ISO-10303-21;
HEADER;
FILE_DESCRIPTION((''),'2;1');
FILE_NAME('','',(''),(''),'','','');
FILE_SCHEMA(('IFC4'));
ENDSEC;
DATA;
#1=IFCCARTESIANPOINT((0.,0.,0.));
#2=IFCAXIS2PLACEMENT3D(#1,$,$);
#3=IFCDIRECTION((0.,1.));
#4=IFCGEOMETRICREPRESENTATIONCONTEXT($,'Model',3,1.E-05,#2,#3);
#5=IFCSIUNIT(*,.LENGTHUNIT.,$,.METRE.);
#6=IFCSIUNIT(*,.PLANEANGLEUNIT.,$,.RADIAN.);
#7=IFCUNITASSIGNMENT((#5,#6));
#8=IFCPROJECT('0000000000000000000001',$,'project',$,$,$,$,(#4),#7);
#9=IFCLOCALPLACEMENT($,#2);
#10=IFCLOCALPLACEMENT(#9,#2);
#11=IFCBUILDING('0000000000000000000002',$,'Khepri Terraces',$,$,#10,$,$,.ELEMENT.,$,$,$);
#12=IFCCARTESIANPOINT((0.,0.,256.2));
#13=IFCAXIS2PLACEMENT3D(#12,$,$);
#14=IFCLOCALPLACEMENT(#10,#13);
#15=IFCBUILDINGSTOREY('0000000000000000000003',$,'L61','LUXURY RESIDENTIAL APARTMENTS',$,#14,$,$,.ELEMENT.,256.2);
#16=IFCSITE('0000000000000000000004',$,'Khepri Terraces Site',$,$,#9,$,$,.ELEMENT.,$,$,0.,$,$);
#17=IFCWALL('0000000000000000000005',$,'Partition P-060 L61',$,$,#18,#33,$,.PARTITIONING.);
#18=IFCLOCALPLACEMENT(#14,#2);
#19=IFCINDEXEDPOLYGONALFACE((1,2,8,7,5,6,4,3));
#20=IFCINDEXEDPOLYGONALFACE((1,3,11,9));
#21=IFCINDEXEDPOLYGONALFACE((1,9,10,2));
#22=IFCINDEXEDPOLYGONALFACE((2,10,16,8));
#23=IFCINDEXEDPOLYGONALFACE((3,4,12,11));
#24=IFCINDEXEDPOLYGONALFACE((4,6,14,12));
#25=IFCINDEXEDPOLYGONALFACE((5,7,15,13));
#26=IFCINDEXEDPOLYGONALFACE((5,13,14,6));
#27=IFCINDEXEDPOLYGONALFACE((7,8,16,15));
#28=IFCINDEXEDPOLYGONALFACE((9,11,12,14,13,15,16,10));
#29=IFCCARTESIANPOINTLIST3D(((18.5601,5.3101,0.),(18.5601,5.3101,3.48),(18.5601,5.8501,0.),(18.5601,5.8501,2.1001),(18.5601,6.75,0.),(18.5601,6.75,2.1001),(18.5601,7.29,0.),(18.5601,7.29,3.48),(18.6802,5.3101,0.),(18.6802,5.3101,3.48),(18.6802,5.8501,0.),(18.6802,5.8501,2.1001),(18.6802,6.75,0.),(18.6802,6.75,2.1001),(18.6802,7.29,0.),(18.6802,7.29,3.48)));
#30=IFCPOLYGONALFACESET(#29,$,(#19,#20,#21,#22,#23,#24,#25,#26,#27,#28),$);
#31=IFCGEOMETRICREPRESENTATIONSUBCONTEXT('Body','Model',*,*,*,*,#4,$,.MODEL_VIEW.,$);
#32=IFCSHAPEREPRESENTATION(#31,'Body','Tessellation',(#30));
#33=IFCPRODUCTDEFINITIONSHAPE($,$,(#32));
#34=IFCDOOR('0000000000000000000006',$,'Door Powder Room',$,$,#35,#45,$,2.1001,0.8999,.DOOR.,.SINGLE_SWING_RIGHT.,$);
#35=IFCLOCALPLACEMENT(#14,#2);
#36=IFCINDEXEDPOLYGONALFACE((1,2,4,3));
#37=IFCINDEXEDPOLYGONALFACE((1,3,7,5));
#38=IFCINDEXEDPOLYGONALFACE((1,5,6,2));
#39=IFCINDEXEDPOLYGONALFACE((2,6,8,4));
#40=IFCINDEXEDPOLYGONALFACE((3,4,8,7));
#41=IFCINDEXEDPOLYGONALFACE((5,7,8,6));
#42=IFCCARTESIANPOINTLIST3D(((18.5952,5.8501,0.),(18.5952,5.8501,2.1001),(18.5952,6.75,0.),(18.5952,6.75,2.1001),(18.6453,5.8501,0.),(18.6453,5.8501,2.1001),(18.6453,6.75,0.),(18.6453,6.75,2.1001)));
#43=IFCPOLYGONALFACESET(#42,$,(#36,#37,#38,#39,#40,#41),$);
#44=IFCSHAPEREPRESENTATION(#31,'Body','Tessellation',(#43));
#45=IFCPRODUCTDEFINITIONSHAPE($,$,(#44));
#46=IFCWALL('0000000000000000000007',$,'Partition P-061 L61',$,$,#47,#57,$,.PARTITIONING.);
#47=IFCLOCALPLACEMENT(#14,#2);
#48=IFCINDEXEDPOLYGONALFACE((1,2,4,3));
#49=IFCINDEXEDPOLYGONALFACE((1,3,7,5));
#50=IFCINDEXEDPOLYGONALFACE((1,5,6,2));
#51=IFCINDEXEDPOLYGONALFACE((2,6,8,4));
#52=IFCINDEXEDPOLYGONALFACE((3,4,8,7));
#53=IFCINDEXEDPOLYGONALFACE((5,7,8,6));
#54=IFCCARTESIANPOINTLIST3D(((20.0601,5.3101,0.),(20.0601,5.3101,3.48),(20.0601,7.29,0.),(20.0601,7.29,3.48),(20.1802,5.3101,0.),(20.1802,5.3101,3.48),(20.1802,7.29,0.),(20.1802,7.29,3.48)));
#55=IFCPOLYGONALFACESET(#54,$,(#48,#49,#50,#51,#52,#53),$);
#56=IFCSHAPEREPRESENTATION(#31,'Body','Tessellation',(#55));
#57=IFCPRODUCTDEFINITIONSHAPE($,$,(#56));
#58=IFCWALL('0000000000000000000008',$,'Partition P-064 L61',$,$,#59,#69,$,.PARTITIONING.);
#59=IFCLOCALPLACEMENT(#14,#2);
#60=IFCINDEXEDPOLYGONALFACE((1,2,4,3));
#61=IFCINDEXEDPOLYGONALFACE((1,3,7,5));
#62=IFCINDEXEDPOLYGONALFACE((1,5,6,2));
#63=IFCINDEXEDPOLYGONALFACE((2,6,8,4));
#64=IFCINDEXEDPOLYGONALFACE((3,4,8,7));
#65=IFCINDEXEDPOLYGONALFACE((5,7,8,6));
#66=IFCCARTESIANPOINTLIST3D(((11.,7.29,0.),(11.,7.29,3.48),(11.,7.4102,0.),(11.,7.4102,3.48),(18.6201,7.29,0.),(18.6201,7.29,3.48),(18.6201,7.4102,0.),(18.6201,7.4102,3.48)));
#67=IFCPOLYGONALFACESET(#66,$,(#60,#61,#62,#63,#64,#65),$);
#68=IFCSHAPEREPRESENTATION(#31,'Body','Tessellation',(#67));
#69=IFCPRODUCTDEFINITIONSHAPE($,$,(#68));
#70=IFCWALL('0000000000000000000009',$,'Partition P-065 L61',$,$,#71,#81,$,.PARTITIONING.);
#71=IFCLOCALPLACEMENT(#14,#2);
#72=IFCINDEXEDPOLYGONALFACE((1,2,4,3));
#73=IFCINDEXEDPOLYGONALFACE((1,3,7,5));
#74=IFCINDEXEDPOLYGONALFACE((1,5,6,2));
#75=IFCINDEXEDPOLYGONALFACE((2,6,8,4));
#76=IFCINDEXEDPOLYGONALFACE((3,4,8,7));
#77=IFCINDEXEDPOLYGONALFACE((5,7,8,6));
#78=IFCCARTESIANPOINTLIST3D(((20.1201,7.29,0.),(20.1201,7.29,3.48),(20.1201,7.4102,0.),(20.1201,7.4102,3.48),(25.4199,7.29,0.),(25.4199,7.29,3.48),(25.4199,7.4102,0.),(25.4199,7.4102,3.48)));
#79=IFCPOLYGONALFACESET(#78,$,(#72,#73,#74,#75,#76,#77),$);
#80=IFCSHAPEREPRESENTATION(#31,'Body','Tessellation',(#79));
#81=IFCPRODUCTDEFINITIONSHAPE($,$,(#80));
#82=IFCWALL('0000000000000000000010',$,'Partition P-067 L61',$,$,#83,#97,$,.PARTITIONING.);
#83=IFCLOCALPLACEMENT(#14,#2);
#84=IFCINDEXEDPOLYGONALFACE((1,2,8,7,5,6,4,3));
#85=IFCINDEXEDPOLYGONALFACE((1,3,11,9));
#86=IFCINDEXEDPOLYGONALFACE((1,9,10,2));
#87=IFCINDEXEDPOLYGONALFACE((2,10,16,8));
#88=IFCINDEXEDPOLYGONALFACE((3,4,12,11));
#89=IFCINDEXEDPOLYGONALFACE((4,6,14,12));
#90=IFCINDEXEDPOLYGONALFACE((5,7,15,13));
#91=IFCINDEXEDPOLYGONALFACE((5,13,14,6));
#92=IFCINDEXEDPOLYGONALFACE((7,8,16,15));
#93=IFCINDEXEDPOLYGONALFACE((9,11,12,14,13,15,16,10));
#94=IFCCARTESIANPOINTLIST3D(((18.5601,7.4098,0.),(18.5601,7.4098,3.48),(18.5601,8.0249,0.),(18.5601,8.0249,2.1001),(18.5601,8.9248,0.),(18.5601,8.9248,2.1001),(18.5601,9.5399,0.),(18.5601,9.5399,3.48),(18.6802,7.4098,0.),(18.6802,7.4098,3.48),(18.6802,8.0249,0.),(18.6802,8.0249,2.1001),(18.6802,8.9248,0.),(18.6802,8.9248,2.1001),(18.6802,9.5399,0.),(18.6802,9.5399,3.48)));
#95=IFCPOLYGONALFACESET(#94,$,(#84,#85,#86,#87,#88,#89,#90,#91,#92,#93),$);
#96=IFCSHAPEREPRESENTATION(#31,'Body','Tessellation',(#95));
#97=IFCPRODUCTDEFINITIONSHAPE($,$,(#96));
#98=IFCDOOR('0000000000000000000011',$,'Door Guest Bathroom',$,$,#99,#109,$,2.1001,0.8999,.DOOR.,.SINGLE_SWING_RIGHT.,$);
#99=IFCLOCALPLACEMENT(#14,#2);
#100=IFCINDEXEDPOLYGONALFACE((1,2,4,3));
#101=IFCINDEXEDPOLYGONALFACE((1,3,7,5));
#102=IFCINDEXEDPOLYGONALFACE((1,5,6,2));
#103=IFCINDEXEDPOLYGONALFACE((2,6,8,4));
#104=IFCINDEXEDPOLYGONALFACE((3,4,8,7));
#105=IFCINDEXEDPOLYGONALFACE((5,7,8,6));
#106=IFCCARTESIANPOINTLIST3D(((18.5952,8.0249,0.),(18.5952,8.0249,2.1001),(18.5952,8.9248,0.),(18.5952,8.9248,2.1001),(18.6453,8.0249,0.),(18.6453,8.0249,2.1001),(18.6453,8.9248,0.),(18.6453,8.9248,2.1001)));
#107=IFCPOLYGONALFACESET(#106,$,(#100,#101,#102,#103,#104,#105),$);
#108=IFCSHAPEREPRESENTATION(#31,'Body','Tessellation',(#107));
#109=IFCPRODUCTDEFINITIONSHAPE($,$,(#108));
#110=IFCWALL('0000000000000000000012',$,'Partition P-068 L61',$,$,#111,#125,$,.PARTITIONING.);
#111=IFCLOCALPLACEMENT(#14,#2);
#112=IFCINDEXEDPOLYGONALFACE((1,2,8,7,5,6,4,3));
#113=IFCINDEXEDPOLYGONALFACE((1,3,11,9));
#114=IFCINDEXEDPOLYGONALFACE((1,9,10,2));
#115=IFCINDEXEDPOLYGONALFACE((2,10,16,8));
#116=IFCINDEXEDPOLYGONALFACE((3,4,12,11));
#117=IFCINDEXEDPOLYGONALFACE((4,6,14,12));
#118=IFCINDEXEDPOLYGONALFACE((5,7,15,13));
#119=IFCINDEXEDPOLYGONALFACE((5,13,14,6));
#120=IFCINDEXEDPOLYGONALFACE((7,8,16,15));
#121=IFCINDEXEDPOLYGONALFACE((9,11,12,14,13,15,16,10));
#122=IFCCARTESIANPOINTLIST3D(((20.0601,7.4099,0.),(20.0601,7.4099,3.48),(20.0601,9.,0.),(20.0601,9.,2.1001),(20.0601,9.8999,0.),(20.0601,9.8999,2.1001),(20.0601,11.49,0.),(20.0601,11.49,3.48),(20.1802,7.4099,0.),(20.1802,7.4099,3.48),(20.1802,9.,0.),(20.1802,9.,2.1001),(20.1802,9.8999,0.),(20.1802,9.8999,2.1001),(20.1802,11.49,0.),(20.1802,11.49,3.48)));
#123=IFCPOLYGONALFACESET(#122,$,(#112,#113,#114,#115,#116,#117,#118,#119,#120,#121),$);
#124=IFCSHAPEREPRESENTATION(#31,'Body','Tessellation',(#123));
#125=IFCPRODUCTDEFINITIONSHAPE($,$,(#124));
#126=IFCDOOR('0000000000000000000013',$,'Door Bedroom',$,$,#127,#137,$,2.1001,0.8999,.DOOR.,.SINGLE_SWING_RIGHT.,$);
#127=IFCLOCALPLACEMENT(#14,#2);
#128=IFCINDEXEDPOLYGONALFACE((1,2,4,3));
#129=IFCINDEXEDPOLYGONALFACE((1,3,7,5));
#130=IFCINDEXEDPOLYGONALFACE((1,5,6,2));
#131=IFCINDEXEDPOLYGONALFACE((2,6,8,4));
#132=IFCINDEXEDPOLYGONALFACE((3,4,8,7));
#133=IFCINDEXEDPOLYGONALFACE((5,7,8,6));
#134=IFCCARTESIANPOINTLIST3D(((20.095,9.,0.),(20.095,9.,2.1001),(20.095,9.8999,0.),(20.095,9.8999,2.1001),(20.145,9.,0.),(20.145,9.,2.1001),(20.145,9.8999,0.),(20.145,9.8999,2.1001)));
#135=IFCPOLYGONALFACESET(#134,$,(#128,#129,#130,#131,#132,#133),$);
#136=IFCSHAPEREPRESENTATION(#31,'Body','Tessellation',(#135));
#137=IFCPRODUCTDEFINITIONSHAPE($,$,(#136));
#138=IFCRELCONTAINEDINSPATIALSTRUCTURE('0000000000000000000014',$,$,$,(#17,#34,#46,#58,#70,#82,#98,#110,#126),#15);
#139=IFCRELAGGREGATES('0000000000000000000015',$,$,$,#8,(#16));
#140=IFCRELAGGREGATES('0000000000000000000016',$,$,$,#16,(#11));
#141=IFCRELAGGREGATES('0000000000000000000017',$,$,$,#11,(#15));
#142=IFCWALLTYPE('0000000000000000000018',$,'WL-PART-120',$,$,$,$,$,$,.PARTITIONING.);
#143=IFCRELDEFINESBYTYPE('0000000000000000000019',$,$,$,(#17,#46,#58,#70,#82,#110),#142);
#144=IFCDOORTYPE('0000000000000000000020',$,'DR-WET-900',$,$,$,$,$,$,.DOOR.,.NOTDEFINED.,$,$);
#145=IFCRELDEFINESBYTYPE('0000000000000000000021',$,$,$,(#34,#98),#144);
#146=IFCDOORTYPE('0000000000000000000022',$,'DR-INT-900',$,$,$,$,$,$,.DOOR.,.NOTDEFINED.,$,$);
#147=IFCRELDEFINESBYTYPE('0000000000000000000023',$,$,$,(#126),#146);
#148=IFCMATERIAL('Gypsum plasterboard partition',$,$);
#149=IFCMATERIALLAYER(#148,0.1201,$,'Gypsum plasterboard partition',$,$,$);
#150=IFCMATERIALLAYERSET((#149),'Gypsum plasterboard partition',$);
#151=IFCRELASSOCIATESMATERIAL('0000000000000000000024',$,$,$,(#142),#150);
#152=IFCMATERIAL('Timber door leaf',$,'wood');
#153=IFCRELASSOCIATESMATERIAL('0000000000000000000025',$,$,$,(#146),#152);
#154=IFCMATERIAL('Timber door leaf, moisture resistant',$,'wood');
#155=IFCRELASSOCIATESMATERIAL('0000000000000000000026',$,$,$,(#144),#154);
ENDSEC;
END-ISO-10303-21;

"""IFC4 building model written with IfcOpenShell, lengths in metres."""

from ifc_helpers import new_model, si_unit, direction, frame, frame_2d, origin, place, context, subcontext, project, spatial, rectangle, extrude, material, layer, layer_set, type_object, element, fill, save


model = new_model("IFC4")

# Units and contexts
model_context = context("Model", 3, precision=1e-05, world=origin(), true_north=direction((0.0, 1.0)))
body_context = subcontext(model_context, "Body", "Model", "MODEL_VIEW")
ifc_project = project(units=[si_unit("LENGTHUNIT", "METRE"), si_unit("PLANEANGLEUNIT", "RADIAN")], contexts=[model_context])

# Site, building, storey
site_placement = place(None, origin())
site = spatial("IfcSite", under=ifc_project, at=site_placement, Name="Khepri Terraces Site", CompositionType="ELEMENT", RefElevation=0.0)
building_placement = place(site_placement, origin())
building = spatial("IfcBuilding", under=site, at=building_placement, Name="Khepri Terraces", CompositionType="ELEMENT")
storey_placement = place(building_placement, frame((0.0, 0.0, 256.2)))
storey = spatial("IfcBuildingStorey", under=building, at=storey_placement, Name="L61", Description="LUXURY RESIDENTIAL APARTMENTS", CompositionType="ELEMENT", Elevation=256.2)

# Shared definitions
ifc_material_1 = material(Name="Gypsum plasterboard partition")
ifc_layer_1 = layer(ifc_material_1, 0.1201, Name="Gypsum plasterboard partition")
ifc_layer_set_1 = layer_set([ifc_layer_1], Name="Gypsum plasterboard partition")
wall_type_1 = type_object("IfcWallType", Name="WL-PART-120", PredefinedType="PARTITIONING", material=ifc_layer_set_1)

# Shared definitions
ifc_material_2 = material(Name="Timber door leaf", Category="wood")
door_type_1 = type_object("IfcDoorType", Name="DR-INT-900", OperationType="NOTDEFINED", PredefinedType="DOOR", material=ifc_material_2)

# Wall, opening, door
ifc_material_3 = material(Name="Timber door leaf, moisture resistant", Category="wood")
door_type_2 = type_object("IfcDoorType", Name="DR-WET-900", OperationType="NOTDEFINED", PredefinedType="DOOR", material=ifc_material_3)
wall_1_placement = place(storey_placement, frame((18.6201, 5.3101, 0.0), z_axis=(0.0, 0.0, 1.0), x_axis=(0.0, 1.0, 0.0)))
wall_1 = element("IfcWall", 1, at=wall_1_placement, inside=storey, type_object=wall_type_1, Name="Partition P-060 L61", PredefinedType="PARTITIONING", context=body_context, shape_type="SweptSolid", body=[
    extrude(rectangle(XDim=1.98, YDim=0.1201, at=frame_2d((0.99, 0.0))), origin(), (0.0, 0.0, 1.0), 3.48),
])
opening_1_placement = place(wall_1_placement, frame((0.54, 0.0, 0.0)))
opening_1 = element("IfcOpeningElement", 2, at=opening_1_placement, cuts=wall_1, PredefinedType="OPENING", context=body_context, shape_type="SweptSolid", body=[
    extrude(rectangle(XDim=0.8999, YDim=2.1001, at=frame_2d((0.45, 1.05))), frame((0.0, 0.0701, 0.0), z_axis=(0.0, -1.0, 0.0), x_axis=(1.0, 0.0, 0.0)), (0.0, 0.0, 1.0), 0.1401),
])
door_1_placement = place(opening_1_placement, origin())
door_1 = element("IfcDoor", 3, at=door_1_placement, inside=storey, type_object=door_type_2, Name="Door Powder Room", OperationType="SINGLE_SWING_RIGHT", OverallHeight=2.1001, OverallWidth=0.8999, PredefinedType="DOOR", context=body_context, shape_type="SweptSolid", body=[
    extrude(rectangle(XDim=0.8999, YDim=2.1001, at=frame_2d((0.45, 1.05))), frame((0.0, 0.0249, 0.0), z_axis=(0.0, -1.0, 0.0), x_axis=(1.0, 0.0, 0.0)), (0.0, 0.0, 1.0), 0.05),
])
fill(opening_1, door_1)

# Walls
wall_2_placement = place(storey_placement, frame((20.1201, 5.3101, 0.0), z_axis=(0.0, 0.0, 1.0), x_axis=(0.0, 1.0, 0.0)))
element("IfcWall", 4, at=wall_2_placement, inside=storey, type_object=wall_type_1, Name="Partition P-061 L61", PredefinedType="PARTITIONING", context=body_context, shape_type="SweptSolid", body=[
    extrude(rectangle(XDim=1.98, YDim=0.1201, at=frame_2d((0.99, 0.0))), origin(), (0.0, 0.0, 1.0), 3.48),
])
wall_3_placement = place(storey_placement, frame((11.0, 7.3501, 0.0), z_axis=(0.0, 0.0, 1.0), x_axis=(1.0, 0.0, 0.0)))
element("IfcWall", 5, at=wall_3_placement, inside=storey, type_object=wall_type_1, Name="Partition P-064 L61", PredefinedType="PARTITIONING", context=body_context, shape_type="SweptSolid", body=[
    extrude(rectangle(XDim=7.6201, YDim=0.1201, at=frame_2d((3.8101, 0.0))), origin(), (0.0, 0.0, 1.0), 3.48),
])
wall_4_placement = place(storey_placement, frame((20.1201, 7.3501, 0.0), z_axis=(0.0, 0.0, 1.0), x_axis=(1.0, 0.0, 0.0)))
element("IfcWall", 6, at=wall_4_placement, inside=storey, type_object=wall_type_1, Name="Partition P-065 L61", PredefinedType="PARTITIONING", context=body_context, shape_type="SweptSolid", body=[
    extrude(rectangle(XDim=5.2998, YDim=0.1201, at=frame_2d((2.6499, 0.0))), origin(), (0.0, 0.0, 1.0), 3.48),
])

# Walls, openings, doors
wall_5_placement = place(storey_placement, frame((18.6201, 7.4099, 0.0), z_axis=(0.0, 0.0, 1.0), x_axis=(0.0, 1.0, 0.0)))
wall_5 = element("IfcWall", 7, at=wall_5_placement, inside=storey, type_object=wall_type_1, Name="Partition P-067 L61", PredefinedType="PARTITIONING", context=body_context, shape_type="SweptSolid", body=[
    extrude(rectangle(XDim=2.1301, YDim=0.1201, at=frame_2d((1.0649, 0.0))), origin(), (0.0, 0.0, 1.0), 3.48),
])
opening_2_placement = place(wall_5_placement, frame((0.615, 0.0, 0.0)))
opening_2 = element("IfcOpeningElement", 8, at=opening_2_placement, cuts=wall_5, PredefinedType="OPENING", context=body_context, shape_type="SweptSolid", body=[
    extrude(rectangle(XDim=0.8999, YDim=2.1001, at=frame_2d((0.45, 1.05))), frame((0.0, 0.0701, 0.0), z_axis=(0.0, -1.0, 0.0), x_axis=(1.0, 0.0, 0.0)), (0.0, 0.0, 1.0), 0.1401),
])
door_2_placement = place(opening_2_placement, origin())
door_2 = element("IfcDoor", 9, at=door_2_placement, inside=storey, type_object=door_type_2, Name="Door Guest Bathroom", OperationType="SINGLE_SWING_RIGHT", OverallHeight=2.1001, OverallWidth=0.8999, PredefinedType="DOOR", context=body_context, shape_type="SweptSolid", body=[
    extrude(rectangle(XDim=0.8999, YDim=2.1001, at=frame_2d((0.45, 1.05))), frame((0.0, 0.0249, 0.0), z_axis=(0.0, -1.0, 0.0), x_axis=(1.0, 0.0, 0.0)), (0.0, 0.0, 1.0), 0.05),
])
fill(opening_2, door_2)
wall_6_placement = place(storey_placement, frame((20.1201, 7.4099, 0.0), z_axis=(0.0, 0.0, 1.0), x_axis=(0.0, 1.0, 0.0)))
wall_6 = element("IfcWall", 10, at=wall_6_placement, inside=storey, type_object=wall_type_1, Name="Partition P-068 L61", PredefinedType="PARTITIONING", context=body_context, shape_type="SweptSolid", body=[
    extrude(rectangle(XDim=4.0801, YDim=0.1201, at=frame_2d((2.04, 0.0))), origin(), (0.0, 0.0, 1.0), 3.48),
])
opening_3_placement = place(wall_6_placement, frame((1.5901, 0.0, 0.0)))
opening_3 = element("IfcOpeningElement", 11, at=opening_3_placement, cuts=wall_6, PredefinedType="OPENING", context=body_context, shape_type="SweptSolid", body=[
    extrude(rectangle(XDim=0.8999, YDim=2.1001, at=frame_2d((0.45, 1.05))), frame((0.0, 0.0701, 0.0), z_axis=(0.0, -1.0, 0.0), x_axis=(1.0, 0.0, 0.0)), (0.0, 0.0, 1.0), 0.1401),
])
door_3_placement = place(opening_3_placement, frame((0.8999, 0.0, 0.0), z_axis=(0.0, 0.0, 1.0), x_axis=(-1.0, 0.0, 0.0)))
door_3 = element("IfcDoor", 12, at=door_3_placement, inside=storey, type_object=door_type_1, Name="Door Bedroom", OperationType="SINGLE_SWING_RIGHT", OverallHeight=2.1001, OverallWidth=0.8999, PredefinedType="DOOR", context=body_context, shape_type="SweptSolid", body=[
    extrude(rectangle(XDim=0.8999, YDim=2.1001, at=frame_2d((0.45, 1.05))), frame((0.0, 0.0249, 0.0), z_axis=(0.0, -1.0, 0.0), x_axis=(1.0, 0.0, 0.0)), (0.0, 0.0, 1.0), 0.05),
])
fill(opening_3, door_3)

save(model, "model.ifc")
